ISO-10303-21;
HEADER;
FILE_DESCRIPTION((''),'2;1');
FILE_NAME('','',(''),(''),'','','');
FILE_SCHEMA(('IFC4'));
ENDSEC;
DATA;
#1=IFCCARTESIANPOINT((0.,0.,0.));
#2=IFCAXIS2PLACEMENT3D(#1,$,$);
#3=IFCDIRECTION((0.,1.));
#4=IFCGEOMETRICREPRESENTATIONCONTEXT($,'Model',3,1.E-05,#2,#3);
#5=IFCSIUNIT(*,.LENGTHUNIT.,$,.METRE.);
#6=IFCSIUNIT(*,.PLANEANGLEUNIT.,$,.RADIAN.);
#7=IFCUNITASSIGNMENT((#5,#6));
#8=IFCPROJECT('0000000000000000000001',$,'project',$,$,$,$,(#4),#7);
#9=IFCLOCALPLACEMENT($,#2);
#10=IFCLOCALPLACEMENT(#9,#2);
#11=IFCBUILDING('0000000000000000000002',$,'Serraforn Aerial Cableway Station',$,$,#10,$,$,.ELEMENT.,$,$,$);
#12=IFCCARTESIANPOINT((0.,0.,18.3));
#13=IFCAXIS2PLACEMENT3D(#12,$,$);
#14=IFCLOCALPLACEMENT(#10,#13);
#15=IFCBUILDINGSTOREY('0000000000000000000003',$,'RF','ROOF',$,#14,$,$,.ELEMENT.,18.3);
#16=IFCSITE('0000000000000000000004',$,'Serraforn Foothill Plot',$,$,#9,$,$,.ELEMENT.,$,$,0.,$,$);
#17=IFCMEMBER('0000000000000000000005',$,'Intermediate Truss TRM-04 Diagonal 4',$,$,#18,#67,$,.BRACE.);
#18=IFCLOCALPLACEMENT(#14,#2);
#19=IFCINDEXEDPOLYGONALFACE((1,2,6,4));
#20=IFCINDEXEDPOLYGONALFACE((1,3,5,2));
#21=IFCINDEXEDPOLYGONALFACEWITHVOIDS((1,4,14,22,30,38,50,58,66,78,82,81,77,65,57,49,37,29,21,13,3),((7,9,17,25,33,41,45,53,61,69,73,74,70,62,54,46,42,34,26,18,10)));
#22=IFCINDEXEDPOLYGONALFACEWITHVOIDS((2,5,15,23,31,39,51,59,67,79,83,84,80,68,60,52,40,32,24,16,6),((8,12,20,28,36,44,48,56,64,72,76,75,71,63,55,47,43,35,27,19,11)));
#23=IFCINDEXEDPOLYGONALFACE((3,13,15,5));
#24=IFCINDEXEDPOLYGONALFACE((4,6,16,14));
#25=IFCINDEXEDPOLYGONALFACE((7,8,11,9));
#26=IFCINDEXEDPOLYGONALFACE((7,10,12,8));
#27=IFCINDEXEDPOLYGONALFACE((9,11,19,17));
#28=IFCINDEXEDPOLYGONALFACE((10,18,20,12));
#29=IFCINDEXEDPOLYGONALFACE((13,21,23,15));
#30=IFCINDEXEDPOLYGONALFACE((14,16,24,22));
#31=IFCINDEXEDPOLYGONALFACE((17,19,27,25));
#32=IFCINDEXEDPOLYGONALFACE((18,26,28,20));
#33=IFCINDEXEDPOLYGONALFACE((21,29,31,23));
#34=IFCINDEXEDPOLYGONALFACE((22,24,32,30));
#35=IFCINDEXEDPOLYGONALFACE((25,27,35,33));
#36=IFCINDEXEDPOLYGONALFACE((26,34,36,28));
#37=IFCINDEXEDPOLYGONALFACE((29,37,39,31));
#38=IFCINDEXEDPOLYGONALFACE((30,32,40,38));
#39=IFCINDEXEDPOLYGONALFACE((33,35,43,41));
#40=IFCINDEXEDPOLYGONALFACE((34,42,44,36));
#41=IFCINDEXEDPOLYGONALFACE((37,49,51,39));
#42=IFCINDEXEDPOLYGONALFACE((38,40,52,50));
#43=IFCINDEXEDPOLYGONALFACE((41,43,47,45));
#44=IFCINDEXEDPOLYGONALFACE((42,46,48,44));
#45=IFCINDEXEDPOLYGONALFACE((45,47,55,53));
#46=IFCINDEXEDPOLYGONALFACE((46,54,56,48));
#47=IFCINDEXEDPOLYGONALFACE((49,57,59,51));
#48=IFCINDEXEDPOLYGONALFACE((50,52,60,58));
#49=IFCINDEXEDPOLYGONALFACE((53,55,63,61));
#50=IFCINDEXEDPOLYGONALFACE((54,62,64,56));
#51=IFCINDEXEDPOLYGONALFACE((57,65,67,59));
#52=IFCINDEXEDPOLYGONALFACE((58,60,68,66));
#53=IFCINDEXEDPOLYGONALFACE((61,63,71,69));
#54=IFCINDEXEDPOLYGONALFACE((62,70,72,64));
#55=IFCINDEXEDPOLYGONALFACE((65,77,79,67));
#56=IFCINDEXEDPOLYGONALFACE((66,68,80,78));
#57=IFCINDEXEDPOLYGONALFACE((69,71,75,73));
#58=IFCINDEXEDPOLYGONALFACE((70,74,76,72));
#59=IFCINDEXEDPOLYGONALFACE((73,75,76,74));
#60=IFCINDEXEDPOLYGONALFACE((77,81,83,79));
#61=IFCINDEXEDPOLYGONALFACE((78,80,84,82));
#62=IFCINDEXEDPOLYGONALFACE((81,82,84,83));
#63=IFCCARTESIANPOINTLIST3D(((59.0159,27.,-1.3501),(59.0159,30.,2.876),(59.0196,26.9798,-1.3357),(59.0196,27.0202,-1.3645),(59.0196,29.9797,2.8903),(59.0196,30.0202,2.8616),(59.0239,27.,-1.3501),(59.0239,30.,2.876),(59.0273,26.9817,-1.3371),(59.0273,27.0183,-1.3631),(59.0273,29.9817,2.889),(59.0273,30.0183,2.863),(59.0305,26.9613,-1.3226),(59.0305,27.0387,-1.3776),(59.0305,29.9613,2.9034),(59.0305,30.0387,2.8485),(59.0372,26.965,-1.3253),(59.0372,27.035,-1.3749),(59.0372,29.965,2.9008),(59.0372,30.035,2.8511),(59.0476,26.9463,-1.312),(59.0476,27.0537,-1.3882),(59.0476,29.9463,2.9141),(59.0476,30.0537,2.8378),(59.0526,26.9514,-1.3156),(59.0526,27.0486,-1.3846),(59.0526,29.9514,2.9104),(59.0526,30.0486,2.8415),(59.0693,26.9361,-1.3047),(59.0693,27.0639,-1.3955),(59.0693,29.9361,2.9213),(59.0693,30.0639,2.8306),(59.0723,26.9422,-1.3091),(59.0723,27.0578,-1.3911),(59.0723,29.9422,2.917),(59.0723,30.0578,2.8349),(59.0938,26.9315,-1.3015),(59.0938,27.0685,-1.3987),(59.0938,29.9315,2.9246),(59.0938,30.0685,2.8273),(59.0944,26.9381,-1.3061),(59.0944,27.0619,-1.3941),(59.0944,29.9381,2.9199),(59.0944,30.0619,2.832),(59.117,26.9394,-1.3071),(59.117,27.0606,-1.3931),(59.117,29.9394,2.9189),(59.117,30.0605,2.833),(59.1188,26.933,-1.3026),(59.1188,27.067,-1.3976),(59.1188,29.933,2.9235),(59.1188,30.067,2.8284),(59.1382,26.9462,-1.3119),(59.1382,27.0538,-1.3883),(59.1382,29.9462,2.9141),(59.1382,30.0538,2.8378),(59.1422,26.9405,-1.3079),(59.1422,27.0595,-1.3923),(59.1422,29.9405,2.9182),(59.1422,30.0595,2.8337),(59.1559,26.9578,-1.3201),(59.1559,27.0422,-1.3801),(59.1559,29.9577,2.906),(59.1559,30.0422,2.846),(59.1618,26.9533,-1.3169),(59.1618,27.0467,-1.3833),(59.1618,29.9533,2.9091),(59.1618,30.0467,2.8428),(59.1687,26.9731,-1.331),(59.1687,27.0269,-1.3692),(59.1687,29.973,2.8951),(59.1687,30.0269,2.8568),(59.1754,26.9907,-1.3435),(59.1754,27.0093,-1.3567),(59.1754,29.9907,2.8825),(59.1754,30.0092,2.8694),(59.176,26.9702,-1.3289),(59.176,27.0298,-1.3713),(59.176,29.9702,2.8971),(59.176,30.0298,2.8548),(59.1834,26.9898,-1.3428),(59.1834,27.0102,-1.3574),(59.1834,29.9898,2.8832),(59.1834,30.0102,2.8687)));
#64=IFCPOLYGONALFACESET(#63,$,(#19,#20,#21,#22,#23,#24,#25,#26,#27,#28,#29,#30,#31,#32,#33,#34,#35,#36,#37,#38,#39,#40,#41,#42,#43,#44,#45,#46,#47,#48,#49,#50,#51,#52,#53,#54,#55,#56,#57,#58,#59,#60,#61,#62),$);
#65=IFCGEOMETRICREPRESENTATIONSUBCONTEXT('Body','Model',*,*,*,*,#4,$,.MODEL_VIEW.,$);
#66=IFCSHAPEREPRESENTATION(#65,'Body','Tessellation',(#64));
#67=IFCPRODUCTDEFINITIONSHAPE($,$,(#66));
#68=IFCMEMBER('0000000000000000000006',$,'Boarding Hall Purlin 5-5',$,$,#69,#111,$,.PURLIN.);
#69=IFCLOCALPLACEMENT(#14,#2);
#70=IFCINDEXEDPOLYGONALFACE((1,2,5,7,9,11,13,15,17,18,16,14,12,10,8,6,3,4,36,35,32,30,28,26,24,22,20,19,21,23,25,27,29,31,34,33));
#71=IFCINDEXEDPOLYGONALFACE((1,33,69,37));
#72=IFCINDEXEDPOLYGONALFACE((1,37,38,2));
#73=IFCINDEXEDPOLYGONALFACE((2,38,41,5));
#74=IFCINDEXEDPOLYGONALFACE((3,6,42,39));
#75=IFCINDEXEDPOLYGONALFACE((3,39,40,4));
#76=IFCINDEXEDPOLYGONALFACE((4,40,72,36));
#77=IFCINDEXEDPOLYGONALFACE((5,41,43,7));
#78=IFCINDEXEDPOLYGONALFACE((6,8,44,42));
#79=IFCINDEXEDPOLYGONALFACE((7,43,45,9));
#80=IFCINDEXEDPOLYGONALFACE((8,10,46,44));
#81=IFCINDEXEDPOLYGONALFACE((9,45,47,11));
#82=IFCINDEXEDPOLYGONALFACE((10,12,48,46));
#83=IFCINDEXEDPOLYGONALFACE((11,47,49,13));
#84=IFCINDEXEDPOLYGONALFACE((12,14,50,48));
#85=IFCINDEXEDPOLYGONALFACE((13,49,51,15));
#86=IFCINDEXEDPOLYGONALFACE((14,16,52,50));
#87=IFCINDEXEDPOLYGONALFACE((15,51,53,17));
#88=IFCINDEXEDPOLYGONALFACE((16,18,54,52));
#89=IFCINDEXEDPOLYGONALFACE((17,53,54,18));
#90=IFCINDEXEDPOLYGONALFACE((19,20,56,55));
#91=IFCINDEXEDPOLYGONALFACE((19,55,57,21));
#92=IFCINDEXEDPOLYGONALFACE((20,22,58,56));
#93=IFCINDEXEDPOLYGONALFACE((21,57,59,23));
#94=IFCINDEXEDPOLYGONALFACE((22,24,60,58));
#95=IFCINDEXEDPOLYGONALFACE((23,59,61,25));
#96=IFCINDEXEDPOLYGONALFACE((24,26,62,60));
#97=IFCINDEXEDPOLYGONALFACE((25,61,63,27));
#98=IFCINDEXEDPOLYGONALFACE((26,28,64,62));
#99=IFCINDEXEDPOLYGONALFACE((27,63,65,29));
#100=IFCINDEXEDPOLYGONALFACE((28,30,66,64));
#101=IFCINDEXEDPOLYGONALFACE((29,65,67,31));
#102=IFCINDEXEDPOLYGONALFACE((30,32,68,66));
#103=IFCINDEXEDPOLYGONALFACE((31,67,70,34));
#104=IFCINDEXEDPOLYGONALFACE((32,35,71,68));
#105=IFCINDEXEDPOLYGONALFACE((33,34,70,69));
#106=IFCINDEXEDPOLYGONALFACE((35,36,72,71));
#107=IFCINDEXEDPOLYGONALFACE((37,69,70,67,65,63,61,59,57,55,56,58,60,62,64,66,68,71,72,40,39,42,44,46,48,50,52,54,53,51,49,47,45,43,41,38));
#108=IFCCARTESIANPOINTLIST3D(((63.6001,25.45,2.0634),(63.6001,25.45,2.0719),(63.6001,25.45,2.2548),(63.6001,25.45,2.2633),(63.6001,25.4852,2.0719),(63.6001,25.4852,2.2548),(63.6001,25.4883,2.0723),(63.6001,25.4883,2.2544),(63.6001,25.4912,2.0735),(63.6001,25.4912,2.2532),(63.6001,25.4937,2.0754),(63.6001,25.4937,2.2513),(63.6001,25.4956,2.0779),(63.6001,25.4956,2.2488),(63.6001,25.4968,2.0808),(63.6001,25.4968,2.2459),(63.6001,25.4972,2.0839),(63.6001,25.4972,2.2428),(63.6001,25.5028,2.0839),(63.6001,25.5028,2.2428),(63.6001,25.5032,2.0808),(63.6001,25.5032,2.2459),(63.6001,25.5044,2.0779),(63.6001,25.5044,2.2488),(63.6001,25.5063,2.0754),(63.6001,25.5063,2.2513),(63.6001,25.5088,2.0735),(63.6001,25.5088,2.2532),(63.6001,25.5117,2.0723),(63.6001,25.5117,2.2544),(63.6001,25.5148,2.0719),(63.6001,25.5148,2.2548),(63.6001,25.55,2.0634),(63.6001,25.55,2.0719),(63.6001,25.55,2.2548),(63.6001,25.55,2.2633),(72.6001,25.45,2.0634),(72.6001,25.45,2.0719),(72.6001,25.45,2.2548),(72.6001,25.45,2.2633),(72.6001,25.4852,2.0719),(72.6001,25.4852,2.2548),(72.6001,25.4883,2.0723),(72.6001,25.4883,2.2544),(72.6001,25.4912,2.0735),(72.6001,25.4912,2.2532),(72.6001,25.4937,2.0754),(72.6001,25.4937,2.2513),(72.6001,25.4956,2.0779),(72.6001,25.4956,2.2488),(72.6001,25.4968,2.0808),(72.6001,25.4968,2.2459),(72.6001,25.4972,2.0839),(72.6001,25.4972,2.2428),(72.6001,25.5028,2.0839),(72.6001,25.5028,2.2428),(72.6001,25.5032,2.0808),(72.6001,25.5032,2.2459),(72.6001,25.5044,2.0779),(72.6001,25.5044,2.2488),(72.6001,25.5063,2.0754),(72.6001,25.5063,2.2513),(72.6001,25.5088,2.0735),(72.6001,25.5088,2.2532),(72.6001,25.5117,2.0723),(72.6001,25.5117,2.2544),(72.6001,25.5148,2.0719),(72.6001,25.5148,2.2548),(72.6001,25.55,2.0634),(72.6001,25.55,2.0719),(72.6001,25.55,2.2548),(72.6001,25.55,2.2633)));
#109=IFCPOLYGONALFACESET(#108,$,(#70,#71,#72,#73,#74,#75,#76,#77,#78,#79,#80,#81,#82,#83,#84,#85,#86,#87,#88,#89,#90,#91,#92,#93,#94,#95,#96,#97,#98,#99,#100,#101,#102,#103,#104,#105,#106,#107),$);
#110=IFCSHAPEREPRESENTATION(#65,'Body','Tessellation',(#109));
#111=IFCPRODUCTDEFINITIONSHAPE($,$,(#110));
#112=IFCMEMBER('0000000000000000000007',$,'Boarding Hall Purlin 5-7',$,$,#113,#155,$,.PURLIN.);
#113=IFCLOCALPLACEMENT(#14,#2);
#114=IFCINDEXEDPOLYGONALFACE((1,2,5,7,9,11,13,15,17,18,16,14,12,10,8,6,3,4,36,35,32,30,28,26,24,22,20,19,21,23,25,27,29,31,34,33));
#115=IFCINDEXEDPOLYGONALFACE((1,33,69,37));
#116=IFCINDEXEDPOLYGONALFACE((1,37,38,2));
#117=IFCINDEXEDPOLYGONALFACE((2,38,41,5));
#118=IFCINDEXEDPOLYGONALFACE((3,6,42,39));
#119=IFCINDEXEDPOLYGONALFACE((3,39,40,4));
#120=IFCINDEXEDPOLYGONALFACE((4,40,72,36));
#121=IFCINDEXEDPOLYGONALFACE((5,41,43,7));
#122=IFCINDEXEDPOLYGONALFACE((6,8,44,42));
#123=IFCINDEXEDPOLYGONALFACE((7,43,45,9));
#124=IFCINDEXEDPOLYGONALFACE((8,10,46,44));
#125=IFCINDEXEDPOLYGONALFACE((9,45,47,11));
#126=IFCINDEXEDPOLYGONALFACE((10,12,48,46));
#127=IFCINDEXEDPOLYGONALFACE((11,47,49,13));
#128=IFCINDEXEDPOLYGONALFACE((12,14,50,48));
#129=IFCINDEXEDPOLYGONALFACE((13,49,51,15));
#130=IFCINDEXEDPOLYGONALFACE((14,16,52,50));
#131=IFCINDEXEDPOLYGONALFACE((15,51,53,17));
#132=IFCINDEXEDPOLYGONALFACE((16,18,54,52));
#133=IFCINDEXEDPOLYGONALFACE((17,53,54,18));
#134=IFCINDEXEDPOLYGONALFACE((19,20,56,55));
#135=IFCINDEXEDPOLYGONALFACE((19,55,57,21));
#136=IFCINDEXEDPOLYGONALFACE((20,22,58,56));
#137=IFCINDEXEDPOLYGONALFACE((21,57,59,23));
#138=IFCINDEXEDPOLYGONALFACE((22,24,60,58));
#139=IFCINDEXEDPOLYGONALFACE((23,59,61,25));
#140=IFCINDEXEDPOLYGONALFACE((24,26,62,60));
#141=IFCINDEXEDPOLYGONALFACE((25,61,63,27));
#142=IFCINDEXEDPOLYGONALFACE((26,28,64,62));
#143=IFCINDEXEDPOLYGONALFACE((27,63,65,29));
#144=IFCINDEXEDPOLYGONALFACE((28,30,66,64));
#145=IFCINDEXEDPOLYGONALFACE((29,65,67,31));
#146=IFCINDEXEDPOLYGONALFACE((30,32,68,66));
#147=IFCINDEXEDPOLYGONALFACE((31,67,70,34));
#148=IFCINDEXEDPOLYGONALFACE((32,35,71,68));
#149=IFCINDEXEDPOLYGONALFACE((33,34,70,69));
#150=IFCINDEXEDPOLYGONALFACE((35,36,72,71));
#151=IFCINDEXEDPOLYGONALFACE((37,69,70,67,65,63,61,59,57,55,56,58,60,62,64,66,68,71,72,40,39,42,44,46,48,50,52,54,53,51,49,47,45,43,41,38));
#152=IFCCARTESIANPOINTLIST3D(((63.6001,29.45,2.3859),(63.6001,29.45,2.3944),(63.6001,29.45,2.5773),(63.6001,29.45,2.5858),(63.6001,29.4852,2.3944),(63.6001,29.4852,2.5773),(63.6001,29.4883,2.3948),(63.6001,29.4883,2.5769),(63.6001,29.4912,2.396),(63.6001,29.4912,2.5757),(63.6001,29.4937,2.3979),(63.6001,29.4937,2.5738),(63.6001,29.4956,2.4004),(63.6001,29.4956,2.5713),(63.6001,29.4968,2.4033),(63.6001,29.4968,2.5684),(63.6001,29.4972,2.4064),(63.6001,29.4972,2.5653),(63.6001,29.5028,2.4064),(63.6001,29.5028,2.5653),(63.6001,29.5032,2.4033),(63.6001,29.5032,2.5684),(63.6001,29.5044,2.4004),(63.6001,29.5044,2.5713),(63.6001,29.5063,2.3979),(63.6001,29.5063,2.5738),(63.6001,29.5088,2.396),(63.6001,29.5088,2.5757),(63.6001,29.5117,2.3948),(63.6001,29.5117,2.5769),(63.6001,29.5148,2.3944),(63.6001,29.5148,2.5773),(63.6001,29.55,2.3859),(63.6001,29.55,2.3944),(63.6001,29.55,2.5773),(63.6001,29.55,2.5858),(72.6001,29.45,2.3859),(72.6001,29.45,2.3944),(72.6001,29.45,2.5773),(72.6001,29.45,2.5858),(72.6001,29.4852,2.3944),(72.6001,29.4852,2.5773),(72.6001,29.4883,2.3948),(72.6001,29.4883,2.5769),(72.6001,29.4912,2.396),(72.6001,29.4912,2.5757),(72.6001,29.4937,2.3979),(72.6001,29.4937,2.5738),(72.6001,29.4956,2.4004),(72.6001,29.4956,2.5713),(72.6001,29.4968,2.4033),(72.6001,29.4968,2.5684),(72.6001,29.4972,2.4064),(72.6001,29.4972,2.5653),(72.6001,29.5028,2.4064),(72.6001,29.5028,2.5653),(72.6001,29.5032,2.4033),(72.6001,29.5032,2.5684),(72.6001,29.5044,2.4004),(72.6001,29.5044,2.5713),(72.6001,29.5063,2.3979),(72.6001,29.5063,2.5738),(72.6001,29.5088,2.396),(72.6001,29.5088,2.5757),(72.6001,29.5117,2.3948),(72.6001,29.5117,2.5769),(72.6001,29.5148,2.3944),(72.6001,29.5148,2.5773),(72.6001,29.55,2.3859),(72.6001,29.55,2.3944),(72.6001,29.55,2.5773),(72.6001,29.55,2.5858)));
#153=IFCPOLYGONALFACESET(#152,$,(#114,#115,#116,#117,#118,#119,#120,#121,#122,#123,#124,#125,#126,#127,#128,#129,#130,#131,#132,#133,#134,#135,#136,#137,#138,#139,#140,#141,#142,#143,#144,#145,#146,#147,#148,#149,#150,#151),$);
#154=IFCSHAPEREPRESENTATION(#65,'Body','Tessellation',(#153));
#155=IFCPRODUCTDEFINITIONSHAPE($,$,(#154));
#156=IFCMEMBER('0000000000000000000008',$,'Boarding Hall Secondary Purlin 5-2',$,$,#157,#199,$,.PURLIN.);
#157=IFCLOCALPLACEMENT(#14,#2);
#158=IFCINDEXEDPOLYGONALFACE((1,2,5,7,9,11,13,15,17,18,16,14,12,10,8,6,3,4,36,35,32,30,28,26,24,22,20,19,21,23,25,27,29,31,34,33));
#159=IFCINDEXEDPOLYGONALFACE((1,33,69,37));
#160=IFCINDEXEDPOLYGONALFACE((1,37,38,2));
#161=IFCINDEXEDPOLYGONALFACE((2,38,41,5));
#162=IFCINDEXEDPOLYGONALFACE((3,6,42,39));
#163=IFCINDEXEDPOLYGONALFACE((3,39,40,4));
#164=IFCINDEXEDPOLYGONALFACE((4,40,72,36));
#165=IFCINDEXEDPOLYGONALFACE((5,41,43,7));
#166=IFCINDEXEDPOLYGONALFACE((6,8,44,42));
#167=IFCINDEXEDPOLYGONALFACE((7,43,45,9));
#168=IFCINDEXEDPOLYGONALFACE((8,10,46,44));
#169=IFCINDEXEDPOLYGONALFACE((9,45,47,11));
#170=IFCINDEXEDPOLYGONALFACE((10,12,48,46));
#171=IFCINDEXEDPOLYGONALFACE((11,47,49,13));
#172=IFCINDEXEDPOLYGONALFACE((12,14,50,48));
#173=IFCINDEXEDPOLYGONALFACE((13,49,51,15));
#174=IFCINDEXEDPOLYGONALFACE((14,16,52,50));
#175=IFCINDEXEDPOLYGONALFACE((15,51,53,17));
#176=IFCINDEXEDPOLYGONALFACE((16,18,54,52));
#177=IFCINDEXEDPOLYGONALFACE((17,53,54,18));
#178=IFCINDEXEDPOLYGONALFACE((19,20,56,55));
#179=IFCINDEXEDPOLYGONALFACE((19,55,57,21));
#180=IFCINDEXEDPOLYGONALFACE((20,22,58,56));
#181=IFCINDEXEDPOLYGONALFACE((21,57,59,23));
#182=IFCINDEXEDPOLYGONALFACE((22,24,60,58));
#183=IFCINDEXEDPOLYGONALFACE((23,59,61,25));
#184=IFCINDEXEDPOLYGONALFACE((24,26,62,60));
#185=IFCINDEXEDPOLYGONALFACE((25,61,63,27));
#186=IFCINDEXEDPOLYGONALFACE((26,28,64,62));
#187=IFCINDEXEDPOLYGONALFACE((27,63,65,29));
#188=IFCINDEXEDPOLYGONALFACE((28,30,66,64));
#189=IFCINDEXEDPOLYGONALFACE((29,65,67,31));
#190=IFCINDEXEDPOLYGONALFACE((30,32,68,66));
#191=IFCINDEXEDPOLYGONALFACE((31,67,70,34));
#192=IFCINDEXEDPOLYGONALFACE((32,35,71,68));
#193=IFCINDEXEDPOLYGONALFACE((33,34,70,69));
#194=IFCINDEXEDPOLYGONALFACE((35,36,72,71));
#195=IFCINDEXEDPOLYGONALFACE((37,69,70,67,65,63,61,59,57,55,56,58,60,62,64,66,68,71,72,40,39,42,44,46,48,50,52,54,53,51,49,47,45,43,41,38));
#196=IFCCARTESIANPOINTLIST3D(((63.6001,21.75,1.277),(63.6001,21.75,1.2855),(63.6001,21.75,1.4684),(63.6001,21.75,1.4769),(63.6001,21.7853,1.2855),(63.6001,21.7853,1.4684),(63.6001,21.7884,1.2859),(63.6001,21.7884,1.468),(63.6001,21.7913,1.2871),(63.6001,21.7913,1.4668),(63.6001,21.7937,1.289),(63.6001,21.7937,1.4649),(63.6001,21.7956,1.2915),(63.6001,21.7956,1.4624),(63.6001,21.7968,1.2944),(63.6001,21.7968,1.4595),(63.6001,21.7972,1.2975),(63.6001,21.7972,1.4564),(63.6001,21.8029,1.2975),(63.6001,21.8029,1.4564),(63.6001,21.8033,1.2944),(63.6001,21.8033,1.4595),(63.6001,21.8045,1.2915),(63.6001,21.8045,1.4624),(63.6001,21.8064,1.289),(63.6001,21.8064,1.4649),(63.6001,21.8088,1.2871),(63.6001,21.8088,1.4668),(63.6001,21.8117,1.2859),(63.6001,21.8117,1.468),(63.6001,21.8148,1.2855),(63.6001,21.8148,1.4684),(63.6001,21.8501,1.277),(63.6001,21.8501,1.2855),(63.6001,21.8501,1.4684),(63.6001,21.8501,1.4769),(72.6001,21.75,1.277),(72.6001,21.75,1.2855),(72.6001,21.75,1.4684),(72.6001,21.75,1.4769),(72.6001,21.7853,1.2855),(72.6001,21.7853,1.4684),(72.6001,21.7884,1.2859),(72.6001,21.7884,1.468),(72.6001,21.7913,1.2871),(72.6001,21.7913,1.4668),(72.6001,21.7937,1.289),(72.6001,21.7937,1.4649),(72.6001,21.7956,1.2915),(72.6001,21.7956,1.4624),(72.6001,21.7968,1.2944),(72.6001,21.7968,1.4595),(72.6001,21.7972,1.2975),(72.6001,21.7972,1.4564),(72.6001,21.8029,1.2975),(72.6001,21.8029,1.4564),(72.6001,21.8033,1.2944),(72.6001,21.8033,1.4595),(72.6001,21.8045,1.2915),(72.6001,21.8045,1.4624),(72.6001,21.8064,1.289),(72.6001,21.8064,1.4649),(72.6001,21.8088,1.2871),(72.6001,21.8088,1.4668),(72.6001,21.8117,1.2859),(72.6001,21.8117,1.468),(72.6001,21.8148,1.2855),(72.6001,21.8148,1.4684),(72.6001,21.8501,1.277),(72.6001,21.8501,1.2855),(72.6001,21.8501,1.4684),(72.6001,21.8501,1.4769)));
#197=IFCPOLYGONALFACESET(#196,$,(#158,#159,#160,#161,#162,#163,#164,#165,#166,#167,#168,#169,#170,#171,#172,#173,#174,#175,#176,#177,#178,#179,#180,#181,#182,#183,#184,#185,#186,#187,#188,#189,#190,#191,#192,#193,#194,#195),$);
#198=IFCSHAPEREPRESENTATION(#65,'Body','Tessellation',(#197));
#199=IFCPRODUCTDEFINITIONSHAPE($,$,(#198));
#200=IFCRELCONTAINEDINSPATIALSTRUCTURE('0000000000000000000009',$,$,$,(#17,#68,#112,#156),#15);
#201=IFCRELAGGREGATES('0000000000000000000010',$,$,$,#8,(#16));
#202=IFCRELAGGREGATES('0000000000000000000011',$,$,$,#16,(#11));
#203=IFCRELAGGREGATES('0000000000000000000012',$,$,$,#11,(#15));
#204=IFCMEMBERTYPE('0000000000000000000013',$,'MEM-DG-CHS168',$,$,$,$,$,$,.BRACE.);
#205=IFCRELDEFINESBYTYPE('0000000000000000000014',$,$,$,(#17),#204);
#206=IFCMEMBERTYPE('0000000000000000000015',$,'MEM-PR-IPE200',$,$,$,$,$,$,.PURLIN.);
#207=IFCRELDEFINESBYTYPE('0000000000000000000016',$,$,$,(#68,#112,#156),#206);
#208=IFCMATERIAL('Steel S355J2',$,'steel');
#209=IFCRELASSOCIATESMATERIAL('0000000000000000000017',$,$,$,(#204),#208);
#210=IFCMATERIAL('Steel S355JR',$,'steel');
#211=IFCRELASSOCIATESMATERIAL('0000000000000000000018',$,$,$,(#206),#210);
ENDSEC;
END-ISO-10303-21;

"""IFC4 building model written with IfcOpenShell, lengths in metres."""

from ifc_helpers import new_model, si_unit, direction, frame, origin, origin_2d, place, context, subcontext, project, spatial, hollow_circle, i_section, extrude, material, material_profile, profile_set, type_object, element, save


model = new_model("IFC4")

# Units and contexts
model_context = context("Model", 3, precision=1e-05, world=origin(), true_north=direction((0.0, 1.0)))
body_context = subcontext(model_context, "Body", "Model", "MODEL_VIEW")
ifc_project = project(units=[si_unit("LENGTHUNIT", "METRE"), si_unit("PLANEANGLEUNIT", "RADIAN")], contexts=[model_context])

# Site, building, storey
site_placement = place(None, origin())
site = spatial("IfcSite", under=ifc_project, at=site_placement, Name="Serraforn Foothill Plot", CompositionType="ELEMENT", RefElevation=0.0)
building_placement = place(site_placement, origin())
building = spatial("IfcBuilding", under=site, at=building_placement, Name="Serraforn Aerial Cableway Station", CompositionType="ELEMENT")
storey_placement = place(building_placement, frame((0.0, 0.0, 18.3)))
storey = spatial("IfcBuildingStorey", under=building, at=storey_placement, Name="RF", Description="ROOF", CompositionType="ELEMENT", Elevation=18.3)

# Members
ifc_material_1 = material(Name="Steel S355J2", Category="steel")
ifc_material_profile_1 = material_profile(ifc_material_1, hollow_circle(Radius=0.0842, WallThickness=0.0081, at=origin_2d()), Name="CHS 168.3x8.0")
ifc_profile_set_1 = profile_set([ifc_material_profile_1], Name="Steel S355J2")
member_type_1 = type_object("IfcMemberType", Name="MEM-DG-CHS168", PredefinedType="BRACE", material=ifc_profile_set_1)
for number, where, z_axis, x_axis, name in (
    (1, (59.1001, 27.0, -1.3501), (0.0, 0.578856, 0.81543), (-1.0, 0.0, 0.0), "Intermediate Truss TRM-04 Diagonal 4"),
):
    element("IfcMember", number, at=place(storey_placement, frame(where, z_axis=z_axis, x_axis=x_axis)), inside=storey, type_object=member_type_1, Name=name, PredefinedType="BRACE", context=body_context, shape_type="SweptSolid", body=[
        extrude(hollow_circle(Radius=0.0842, WallThickness=0.0081, at=origin_2d()), origin(), (0.0, 0.0, 1.0), 5.1826),
    ])
ifc_material_2 = material(Name="Steel S355JR", Category="steel")
ifc_material_profile_2 = material_profile(ifc_material_2, i_section(OverallWidth=0.1001, OverallDepth=0.2, WebThickness=0.0056, FlangeThickness=0.0085, FilletRadius=0.012, at=origin_2d()), Name="IPE 200")
ifc_profile_set_2 = profile_set([ifc_material_profile_2], Name="Steel S355JR")
member_type_2 = type_object("IfcMemberType", Name="MEM-PR-IPE200", PredefinedType="PURLIN", material=ifc_profile_set_2)
for number, where, z_axis, x_axis, name in (
    (2, (63.6001, 25.5, 2.1633), (1.0, 0.0, 0.0), (0.0, 1.0, 0.0), "Boarding Hall Purlin 5-5"),
    (3, (63.6001, 29.5, 2.4858), (1.0, 0.0, 0.0), (0.0, 1.0, 0.0), "Boarding Hall Purlin 5-7"),
    (4, (63.6001, 21.8, 1.377), (1.0, 0.0, 0.0), (0.0, 1.0, 0.0), "Boarding Hall Secondary Purlin 5-2"),
):
    element("IfcMember", number, at=place(storey_placement, frame(where, z_axis=z_axis, x_axis=x_axis)), inside=storey, type_object=member_type_2, Name=name, PredefinedType="PURLIN", context=body_context, shape_type="SweptSolid", body=[
        extrude(i_section(OverallWidth=0.1001, OverallDepth=0.2, WebThickness=0.0056, FlangeThickness=0.0085, FilletRadius=0.012, at=origin_2d()), origin(), (0.0, 0.0, 1.0), 9.0),
    ])

save(model, "model.ifc")
